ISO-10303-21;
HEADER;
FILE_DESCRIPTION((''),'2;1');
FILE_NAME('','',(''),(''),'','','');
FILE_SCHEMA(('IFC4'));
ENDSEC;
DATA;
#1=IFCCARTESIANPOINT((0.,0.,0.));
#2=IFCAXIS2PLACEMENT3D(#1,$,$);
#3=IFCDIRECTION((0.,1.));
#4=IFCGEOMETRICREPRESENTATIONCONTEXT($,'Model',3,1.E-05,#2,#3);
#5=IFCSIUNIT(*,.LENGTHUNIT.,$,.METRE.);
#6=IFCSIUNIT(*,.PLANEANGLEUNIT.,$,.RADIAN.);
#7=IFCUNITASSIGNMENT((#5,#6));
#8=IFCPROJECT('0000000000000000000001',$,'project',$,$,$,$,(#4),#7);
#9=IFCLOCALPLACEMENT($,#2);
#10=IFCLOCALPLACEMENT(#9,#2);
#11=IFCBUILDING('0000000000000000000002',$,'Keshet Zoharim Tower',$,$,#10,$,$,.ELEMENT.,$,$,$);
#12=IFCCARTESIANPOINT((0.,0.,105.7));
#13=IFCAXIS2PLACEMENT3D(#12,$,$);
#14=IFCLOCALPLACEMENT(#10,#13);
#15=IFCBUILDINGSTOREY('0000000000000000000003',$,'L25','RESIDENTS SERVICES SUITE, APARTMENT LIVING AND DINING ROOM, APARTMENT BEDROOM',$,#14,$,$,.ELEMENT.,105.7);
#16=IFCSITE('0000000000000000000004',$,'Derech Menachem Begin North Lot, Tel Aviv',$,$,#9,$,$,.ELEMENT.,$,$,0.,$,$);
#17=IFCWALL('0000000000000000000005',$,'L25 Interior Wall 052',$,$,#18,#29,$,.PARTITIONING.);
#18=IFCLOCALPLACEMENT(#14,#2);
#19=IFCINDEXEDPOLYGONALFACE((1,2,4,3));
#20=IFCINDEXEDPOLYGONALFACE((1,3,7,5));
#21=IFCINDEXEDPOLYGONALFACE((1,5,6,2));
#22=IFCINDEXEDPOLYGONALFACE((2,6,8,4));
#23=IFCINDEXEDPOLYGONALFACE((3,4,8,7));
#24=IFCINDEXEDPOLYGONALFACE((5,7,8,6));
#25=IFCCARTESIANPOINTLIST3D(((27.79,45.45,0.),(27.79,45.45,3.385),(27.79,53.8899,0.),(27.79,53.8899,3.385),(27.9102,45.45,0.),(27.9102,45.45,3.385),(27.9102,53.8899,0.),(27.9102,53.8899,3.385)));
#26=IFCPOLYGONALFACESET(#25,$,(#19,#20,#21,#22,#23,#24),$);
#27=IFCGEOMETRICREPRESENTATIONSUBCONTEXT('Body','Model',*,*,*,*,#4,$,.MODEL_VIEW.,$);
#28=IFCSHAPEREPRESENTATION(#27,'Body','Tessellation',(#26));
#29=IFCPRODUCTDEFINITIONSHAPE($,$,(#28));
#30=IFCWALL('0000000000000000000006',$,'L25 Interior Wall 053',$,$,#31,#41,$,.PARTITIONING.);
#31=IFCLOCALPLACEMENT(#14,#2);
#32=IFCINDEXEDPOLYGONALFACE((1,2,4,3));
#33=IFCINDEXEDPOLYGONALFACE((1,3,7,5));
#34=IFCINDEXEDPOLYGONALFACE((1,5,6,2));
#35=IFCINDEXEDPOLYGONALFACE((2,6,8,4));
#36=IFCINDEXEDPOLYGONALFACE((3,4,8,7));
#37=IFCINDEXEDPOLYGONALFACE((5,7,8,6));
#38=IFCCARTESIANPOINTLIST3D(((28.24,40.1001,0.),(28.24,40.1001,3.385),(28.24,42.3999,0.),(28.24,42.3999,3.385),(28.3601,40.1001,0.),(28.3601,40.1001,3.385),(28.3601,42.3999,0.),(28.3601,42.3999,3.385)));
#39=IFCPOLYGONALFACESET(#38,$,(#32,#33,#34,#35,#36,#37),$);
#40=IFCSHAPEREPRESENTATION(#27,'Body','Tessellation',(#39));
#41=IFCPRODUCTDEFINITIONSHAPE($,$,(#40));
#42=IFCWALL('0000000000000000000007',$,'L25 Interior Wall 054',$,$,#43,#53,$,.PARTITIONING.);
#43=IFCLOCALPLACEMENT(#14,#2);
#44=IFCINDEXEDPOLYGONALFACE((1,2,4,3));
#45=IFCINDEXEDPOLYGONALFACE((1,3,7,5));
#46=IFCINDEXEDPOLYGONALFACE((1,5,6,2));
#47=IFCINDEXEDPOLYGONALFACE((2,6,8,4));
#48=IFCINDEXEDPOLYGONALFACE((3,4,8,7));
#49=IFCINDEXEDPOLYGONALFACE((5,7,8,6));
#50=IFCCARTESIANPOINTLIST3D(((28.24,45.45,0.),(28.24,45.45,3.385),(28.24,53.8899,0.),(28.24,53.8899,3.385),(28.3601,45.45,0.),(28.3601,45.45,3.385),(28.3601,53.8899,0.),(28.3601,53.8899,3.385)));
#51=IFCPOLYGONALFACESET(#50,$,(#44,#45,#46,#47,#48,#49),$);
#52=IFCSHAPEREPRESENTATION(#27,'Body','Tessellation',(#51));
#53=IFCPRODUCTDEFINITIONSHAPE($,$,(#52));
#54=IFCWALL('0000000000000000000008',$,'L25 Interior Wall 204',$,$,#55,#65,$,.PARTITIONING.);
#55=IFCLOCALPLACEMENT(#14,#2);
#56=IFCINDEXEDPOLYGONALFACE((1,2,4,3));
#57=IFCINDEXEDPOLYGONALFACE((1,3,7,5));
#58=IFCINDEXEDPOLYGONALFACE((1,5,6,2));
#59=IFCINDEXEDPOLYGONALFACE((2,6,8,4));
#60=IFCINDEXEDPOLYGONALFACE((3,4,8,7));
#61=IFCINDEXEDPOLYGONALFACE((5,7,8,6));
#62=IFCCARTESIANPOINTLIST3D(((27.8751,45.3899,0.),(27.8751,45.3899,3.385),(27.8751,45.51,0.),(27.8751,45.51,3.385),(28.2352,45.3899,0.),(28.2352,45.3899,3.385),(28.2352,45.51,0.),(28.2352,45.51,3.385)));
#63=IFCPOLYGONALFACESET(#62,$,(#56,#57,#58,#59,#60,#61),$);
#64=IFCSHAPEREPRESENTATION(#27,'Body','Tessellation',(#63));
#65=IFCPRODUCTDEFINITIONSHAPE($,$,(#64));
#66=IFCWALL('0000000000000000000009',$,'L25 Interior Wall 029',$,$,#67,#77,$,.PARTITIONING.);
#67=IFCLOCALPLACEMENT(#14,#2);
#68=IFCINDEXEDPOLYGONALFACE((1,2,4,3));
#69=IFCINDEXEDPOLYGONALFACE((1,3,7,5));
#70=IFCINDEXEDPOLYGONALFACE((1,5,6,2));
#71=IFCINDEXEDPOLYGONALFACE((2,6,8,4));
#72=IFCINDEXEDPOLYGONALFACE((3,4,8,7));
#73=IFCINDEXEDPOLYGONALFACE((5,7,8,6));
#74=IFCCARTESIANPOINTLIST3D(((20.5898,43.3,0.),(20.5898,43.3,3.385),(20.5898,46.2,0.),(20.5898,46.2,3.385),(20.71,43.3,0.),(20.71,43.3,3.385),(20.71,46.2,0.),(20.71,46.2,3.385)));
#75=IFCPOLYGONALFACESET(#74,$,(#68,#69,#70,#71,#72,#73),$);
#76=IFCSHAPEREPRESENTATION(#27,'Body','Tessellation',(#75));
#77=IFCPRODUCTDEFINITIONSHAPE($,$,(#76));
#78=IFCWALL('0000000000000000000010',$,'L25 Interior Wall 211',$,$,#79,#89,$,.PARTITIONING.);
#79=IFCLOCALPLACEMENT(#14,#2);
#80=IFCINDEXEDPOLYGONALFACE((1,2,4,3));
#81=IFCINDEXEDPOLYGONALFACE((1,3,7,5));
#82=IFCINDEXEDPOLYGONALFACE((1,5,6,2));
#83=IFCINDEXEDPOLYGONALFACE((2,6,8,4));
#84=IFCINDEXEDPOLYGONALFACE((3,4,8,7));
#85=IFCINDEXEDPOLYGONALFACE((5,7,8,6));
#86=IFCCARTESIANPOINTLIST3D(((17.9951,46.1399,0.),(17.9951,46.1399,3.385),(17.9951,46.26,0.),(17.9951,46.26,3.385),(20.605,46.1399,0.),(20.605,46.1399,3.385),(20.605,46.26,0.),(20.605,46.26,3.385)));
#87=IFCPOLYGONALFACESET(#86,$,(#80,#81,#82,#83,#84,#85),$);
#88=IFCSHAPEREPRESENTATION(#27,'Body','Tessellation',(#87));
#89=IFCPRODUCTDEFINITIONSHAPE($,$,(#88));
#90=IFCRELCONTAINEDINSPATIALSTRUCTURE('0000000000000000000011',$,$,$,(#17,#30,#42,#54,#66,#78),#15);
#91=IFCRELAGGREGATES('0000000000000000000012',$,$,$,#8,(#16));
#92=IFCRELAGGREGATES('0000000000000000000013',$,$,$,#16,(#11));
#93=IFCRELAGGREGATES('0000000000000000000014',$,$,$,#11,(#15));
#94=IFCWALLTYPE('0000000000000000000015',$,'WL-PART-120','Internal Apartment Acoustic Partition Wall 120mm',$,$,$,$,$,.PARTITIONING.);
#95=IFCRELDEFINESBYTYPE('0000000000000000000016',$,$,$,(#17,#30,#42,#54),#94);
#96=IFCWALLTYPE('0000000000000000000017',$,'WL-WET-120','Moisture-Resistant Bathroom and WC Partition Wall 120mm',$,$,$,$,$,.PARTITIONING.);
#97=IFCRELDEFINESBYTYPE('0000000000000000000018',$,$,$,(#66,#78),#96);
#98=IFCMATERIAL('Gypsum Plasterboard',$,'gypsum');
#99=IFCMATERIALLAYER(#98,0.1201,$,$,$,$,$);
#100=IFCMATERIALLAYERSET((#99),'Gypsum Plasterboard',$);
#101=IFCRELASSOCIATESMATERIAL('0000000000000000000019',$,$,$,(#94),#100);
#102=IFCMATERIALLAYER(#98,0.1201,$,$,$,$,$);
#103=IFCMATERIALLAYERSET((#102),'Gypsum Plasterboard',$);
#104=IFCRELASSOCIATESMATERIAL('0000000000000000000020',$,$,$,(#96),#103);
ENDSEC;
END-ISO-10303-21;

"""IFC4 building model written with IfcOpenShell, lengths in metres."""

from ifc_helpers import new_model, si_unit, direction, frame, frame_2d, origin, place, context, subcontext, project, spatial, rectangle, extrude, material, layer, layer_set, type_object, element, save


model = new_model("IFC4")

# Units and contexts
model_context = context("Model", 3, precision=1e-05, world=origin(), true_north=direction((0.0, 1.0)))
body_context = subcontext(model_context, "Body", "Model", "MODEL_VIEW")
ifc_project = project(units=[si_unit("LENGTHUNIT", "METRE"), si_unit("PLANEANGLEUNIT", "RADIAN")], contexts=[model_context])

# Site, building, storey
site_placement = place(None, origin())
site = spatial("IfcSite", under=ifc_project, at=site_placement, Name="Derech Menachem Begin North Lot, Tel Aviv", CompositionType="ELEMENT", RefElevation=0.0)
building_placement = place(site_placement, origin())
building = spatial("IfcBuilding", under=site, at=building_placement, Name="Keshet Zoharim Tower", CompositionType="ELEMENT")
storey_placement = place(building_placement, frame((0.0, 0.0, 105.7)))
storey = spatial("IfcBuildingStorey", under=building, at=storey_placement, Name="L25", Description="RESIDENTS SERVICES SUITE, APARTMENT LIVING AND DINING ROOM, APARTMENT BEDROOM", CompositionType="ELEMENT", Elevation=105.7)

# Shared definitions
ifc_material_1 = material(Name="Gypsum Plasterboard", Category="gypsum")

# Shared definitions
ifc_layer_1 = layer(ifc_material_1, 0.1201)
ifc_layer_set_1 = layer_set([ifc_layer_1], Name="Gypsum Plasterboard")
wall_type_1 = type_object("IfcWallType", Name="WL-PART-120", Description="Internal Apartment Acoustic Partition Wall 120mm", PredefinedType="PARTITIONING", material=ifc_layer_set_1)

# Walls
wall_1_placement = place(storey_placement, frame((27.8501, 45.45, 0.0), z_axis=(0.0, 0.0, 1.0), x_axis=(0.0, 1.0, 0.0)))
element("IfcWall", 1, at=wall_1_placement, inside=storey, type_object=wall_type_1, Name="L25 Interior Wall 052", PredefinedType="PARTITIONING", context=body_context, shape_type="SweptSolid", body=[
    extrude(rectangle(XDim=8.4399, YDim=0.1201, at=frame_2d((4.22, 0.0))), origin(), (0.0, 0.0, 1.0), 3.385),
])
wall_2_placement = place(storey_placement, frame((28.3, 40.1001, 0.0), z_axis=(0.0, 0.0, 1.0), x_axis=(0.0, 1.0, 0.0)))
element("IfcWall", 2, at=wall_2_placement, inside=storey, type_object=wall_type_1, Name="L25 Interior Wall 053", PredefinedType="PARTITIONING", context=body_context, shape_type="SweptSolid", body=[
    extrude(rectangle(XDim=2.2998, YDim=0.1201, at=frame_2d((1.1499, 0.0))), origin(), (0.0, 0.0, 1.0), 3.385),
])
wall_3_placement = place(storey_placement, frame((28.3, 45.45, 0.0), z_axis=(0.0, 0.0, 1.0), x_axis=(0.0, 1.0, 0.0)))
element("IfcWall", 3, at=wall_3_placement, inside=storey, type_object=wall_type_1, Name="L25 Interior Wall 054", PredefinedType="PARTITIONING", context=body_context, shape_type="SweptSolid", body=[
    extrude(rectangle(XDim=8.4399, YDim=0.1201, at=frame_2d((4.22, 0.0))), origin(), (0.0, 0.0, 1.0), 3.385),
])

# Walls
wall_4_placement = place(storey_placement, frame((27.875, 45.45, 0.0), z_axis=(0.0, 0.0, 1.0), x_axis=(1.0, 0.0, 0.0)))
element("IfcWall", 4, at=wall_4_placement, inside=storey, type_object=wall_type_1, Name="L25 Interior Wall 204", PredefinedType="PARTITIONING", context=body_context, shape_type="SweptSolid", body=[
    extrude(rectangle(XDim=0.3601, YDim=0.1201, at=frame_2d((0.1802, 0.0))), origin(), (0.0, 0.0, 1.0), 3.385),
])
ifc_layer_2 = layer(ifc_material_1, 0.1201)
ifc_layer_set_2 = layer_set([ifc_layer_2], Name="Gypsum Plasterboard")
wall_type_2 = type_object("IfcWallType", Name="WL-WET-120", Description="Moisture-Resistant Bathroom and WC Partition Wall 120mm", PredefinedType="PARTITIONING", material=ifc_layer_set_2)
wall_5_placement = place(storey_placement, frame((20.6499, 43.3, 0.0), z_axis=(0.0, 0.0, 1.0), x_axis=(0.0, 1.0, 0.0)))
element("IfcWall", 5, at=wall_5_placement, inside=storey, type_object=wall_type_2, Name="L25 Interior Wall 029", PredefinedType="PARTITIONING", context=body_context, shape_type="SweptSolid", body=[
    extrude(rectangle(XDim=2.8999, YDim=0.1201, at=frame_2d((1.45, 0.0))), origin(), (0.0, 0.0, 1.0), 3.385),
])
wall_6_placement = place(storey_placement, frame((17.9951, 46.2, 0.0), z_axis=(0.0, 0.0, 1.0), x_axis=(1.0, 0.0, 0.0)))
element("IfcWall", 6, at=wall_6_placement, inside=storey, type_object=wall_type_2, Name="L25 Interior Wall 211", PredefinedType="PARTITIONING", context=body_context, shape_type="SweptSolid", body=[
    extrude(rectangle(XDim=2.6099, YDim=0.1201, at=frame_2d((1.3049, 0.0))), origin(), (0.0, 0.0, 1.0), 3.385),
])

save(model, "model.ifc")
